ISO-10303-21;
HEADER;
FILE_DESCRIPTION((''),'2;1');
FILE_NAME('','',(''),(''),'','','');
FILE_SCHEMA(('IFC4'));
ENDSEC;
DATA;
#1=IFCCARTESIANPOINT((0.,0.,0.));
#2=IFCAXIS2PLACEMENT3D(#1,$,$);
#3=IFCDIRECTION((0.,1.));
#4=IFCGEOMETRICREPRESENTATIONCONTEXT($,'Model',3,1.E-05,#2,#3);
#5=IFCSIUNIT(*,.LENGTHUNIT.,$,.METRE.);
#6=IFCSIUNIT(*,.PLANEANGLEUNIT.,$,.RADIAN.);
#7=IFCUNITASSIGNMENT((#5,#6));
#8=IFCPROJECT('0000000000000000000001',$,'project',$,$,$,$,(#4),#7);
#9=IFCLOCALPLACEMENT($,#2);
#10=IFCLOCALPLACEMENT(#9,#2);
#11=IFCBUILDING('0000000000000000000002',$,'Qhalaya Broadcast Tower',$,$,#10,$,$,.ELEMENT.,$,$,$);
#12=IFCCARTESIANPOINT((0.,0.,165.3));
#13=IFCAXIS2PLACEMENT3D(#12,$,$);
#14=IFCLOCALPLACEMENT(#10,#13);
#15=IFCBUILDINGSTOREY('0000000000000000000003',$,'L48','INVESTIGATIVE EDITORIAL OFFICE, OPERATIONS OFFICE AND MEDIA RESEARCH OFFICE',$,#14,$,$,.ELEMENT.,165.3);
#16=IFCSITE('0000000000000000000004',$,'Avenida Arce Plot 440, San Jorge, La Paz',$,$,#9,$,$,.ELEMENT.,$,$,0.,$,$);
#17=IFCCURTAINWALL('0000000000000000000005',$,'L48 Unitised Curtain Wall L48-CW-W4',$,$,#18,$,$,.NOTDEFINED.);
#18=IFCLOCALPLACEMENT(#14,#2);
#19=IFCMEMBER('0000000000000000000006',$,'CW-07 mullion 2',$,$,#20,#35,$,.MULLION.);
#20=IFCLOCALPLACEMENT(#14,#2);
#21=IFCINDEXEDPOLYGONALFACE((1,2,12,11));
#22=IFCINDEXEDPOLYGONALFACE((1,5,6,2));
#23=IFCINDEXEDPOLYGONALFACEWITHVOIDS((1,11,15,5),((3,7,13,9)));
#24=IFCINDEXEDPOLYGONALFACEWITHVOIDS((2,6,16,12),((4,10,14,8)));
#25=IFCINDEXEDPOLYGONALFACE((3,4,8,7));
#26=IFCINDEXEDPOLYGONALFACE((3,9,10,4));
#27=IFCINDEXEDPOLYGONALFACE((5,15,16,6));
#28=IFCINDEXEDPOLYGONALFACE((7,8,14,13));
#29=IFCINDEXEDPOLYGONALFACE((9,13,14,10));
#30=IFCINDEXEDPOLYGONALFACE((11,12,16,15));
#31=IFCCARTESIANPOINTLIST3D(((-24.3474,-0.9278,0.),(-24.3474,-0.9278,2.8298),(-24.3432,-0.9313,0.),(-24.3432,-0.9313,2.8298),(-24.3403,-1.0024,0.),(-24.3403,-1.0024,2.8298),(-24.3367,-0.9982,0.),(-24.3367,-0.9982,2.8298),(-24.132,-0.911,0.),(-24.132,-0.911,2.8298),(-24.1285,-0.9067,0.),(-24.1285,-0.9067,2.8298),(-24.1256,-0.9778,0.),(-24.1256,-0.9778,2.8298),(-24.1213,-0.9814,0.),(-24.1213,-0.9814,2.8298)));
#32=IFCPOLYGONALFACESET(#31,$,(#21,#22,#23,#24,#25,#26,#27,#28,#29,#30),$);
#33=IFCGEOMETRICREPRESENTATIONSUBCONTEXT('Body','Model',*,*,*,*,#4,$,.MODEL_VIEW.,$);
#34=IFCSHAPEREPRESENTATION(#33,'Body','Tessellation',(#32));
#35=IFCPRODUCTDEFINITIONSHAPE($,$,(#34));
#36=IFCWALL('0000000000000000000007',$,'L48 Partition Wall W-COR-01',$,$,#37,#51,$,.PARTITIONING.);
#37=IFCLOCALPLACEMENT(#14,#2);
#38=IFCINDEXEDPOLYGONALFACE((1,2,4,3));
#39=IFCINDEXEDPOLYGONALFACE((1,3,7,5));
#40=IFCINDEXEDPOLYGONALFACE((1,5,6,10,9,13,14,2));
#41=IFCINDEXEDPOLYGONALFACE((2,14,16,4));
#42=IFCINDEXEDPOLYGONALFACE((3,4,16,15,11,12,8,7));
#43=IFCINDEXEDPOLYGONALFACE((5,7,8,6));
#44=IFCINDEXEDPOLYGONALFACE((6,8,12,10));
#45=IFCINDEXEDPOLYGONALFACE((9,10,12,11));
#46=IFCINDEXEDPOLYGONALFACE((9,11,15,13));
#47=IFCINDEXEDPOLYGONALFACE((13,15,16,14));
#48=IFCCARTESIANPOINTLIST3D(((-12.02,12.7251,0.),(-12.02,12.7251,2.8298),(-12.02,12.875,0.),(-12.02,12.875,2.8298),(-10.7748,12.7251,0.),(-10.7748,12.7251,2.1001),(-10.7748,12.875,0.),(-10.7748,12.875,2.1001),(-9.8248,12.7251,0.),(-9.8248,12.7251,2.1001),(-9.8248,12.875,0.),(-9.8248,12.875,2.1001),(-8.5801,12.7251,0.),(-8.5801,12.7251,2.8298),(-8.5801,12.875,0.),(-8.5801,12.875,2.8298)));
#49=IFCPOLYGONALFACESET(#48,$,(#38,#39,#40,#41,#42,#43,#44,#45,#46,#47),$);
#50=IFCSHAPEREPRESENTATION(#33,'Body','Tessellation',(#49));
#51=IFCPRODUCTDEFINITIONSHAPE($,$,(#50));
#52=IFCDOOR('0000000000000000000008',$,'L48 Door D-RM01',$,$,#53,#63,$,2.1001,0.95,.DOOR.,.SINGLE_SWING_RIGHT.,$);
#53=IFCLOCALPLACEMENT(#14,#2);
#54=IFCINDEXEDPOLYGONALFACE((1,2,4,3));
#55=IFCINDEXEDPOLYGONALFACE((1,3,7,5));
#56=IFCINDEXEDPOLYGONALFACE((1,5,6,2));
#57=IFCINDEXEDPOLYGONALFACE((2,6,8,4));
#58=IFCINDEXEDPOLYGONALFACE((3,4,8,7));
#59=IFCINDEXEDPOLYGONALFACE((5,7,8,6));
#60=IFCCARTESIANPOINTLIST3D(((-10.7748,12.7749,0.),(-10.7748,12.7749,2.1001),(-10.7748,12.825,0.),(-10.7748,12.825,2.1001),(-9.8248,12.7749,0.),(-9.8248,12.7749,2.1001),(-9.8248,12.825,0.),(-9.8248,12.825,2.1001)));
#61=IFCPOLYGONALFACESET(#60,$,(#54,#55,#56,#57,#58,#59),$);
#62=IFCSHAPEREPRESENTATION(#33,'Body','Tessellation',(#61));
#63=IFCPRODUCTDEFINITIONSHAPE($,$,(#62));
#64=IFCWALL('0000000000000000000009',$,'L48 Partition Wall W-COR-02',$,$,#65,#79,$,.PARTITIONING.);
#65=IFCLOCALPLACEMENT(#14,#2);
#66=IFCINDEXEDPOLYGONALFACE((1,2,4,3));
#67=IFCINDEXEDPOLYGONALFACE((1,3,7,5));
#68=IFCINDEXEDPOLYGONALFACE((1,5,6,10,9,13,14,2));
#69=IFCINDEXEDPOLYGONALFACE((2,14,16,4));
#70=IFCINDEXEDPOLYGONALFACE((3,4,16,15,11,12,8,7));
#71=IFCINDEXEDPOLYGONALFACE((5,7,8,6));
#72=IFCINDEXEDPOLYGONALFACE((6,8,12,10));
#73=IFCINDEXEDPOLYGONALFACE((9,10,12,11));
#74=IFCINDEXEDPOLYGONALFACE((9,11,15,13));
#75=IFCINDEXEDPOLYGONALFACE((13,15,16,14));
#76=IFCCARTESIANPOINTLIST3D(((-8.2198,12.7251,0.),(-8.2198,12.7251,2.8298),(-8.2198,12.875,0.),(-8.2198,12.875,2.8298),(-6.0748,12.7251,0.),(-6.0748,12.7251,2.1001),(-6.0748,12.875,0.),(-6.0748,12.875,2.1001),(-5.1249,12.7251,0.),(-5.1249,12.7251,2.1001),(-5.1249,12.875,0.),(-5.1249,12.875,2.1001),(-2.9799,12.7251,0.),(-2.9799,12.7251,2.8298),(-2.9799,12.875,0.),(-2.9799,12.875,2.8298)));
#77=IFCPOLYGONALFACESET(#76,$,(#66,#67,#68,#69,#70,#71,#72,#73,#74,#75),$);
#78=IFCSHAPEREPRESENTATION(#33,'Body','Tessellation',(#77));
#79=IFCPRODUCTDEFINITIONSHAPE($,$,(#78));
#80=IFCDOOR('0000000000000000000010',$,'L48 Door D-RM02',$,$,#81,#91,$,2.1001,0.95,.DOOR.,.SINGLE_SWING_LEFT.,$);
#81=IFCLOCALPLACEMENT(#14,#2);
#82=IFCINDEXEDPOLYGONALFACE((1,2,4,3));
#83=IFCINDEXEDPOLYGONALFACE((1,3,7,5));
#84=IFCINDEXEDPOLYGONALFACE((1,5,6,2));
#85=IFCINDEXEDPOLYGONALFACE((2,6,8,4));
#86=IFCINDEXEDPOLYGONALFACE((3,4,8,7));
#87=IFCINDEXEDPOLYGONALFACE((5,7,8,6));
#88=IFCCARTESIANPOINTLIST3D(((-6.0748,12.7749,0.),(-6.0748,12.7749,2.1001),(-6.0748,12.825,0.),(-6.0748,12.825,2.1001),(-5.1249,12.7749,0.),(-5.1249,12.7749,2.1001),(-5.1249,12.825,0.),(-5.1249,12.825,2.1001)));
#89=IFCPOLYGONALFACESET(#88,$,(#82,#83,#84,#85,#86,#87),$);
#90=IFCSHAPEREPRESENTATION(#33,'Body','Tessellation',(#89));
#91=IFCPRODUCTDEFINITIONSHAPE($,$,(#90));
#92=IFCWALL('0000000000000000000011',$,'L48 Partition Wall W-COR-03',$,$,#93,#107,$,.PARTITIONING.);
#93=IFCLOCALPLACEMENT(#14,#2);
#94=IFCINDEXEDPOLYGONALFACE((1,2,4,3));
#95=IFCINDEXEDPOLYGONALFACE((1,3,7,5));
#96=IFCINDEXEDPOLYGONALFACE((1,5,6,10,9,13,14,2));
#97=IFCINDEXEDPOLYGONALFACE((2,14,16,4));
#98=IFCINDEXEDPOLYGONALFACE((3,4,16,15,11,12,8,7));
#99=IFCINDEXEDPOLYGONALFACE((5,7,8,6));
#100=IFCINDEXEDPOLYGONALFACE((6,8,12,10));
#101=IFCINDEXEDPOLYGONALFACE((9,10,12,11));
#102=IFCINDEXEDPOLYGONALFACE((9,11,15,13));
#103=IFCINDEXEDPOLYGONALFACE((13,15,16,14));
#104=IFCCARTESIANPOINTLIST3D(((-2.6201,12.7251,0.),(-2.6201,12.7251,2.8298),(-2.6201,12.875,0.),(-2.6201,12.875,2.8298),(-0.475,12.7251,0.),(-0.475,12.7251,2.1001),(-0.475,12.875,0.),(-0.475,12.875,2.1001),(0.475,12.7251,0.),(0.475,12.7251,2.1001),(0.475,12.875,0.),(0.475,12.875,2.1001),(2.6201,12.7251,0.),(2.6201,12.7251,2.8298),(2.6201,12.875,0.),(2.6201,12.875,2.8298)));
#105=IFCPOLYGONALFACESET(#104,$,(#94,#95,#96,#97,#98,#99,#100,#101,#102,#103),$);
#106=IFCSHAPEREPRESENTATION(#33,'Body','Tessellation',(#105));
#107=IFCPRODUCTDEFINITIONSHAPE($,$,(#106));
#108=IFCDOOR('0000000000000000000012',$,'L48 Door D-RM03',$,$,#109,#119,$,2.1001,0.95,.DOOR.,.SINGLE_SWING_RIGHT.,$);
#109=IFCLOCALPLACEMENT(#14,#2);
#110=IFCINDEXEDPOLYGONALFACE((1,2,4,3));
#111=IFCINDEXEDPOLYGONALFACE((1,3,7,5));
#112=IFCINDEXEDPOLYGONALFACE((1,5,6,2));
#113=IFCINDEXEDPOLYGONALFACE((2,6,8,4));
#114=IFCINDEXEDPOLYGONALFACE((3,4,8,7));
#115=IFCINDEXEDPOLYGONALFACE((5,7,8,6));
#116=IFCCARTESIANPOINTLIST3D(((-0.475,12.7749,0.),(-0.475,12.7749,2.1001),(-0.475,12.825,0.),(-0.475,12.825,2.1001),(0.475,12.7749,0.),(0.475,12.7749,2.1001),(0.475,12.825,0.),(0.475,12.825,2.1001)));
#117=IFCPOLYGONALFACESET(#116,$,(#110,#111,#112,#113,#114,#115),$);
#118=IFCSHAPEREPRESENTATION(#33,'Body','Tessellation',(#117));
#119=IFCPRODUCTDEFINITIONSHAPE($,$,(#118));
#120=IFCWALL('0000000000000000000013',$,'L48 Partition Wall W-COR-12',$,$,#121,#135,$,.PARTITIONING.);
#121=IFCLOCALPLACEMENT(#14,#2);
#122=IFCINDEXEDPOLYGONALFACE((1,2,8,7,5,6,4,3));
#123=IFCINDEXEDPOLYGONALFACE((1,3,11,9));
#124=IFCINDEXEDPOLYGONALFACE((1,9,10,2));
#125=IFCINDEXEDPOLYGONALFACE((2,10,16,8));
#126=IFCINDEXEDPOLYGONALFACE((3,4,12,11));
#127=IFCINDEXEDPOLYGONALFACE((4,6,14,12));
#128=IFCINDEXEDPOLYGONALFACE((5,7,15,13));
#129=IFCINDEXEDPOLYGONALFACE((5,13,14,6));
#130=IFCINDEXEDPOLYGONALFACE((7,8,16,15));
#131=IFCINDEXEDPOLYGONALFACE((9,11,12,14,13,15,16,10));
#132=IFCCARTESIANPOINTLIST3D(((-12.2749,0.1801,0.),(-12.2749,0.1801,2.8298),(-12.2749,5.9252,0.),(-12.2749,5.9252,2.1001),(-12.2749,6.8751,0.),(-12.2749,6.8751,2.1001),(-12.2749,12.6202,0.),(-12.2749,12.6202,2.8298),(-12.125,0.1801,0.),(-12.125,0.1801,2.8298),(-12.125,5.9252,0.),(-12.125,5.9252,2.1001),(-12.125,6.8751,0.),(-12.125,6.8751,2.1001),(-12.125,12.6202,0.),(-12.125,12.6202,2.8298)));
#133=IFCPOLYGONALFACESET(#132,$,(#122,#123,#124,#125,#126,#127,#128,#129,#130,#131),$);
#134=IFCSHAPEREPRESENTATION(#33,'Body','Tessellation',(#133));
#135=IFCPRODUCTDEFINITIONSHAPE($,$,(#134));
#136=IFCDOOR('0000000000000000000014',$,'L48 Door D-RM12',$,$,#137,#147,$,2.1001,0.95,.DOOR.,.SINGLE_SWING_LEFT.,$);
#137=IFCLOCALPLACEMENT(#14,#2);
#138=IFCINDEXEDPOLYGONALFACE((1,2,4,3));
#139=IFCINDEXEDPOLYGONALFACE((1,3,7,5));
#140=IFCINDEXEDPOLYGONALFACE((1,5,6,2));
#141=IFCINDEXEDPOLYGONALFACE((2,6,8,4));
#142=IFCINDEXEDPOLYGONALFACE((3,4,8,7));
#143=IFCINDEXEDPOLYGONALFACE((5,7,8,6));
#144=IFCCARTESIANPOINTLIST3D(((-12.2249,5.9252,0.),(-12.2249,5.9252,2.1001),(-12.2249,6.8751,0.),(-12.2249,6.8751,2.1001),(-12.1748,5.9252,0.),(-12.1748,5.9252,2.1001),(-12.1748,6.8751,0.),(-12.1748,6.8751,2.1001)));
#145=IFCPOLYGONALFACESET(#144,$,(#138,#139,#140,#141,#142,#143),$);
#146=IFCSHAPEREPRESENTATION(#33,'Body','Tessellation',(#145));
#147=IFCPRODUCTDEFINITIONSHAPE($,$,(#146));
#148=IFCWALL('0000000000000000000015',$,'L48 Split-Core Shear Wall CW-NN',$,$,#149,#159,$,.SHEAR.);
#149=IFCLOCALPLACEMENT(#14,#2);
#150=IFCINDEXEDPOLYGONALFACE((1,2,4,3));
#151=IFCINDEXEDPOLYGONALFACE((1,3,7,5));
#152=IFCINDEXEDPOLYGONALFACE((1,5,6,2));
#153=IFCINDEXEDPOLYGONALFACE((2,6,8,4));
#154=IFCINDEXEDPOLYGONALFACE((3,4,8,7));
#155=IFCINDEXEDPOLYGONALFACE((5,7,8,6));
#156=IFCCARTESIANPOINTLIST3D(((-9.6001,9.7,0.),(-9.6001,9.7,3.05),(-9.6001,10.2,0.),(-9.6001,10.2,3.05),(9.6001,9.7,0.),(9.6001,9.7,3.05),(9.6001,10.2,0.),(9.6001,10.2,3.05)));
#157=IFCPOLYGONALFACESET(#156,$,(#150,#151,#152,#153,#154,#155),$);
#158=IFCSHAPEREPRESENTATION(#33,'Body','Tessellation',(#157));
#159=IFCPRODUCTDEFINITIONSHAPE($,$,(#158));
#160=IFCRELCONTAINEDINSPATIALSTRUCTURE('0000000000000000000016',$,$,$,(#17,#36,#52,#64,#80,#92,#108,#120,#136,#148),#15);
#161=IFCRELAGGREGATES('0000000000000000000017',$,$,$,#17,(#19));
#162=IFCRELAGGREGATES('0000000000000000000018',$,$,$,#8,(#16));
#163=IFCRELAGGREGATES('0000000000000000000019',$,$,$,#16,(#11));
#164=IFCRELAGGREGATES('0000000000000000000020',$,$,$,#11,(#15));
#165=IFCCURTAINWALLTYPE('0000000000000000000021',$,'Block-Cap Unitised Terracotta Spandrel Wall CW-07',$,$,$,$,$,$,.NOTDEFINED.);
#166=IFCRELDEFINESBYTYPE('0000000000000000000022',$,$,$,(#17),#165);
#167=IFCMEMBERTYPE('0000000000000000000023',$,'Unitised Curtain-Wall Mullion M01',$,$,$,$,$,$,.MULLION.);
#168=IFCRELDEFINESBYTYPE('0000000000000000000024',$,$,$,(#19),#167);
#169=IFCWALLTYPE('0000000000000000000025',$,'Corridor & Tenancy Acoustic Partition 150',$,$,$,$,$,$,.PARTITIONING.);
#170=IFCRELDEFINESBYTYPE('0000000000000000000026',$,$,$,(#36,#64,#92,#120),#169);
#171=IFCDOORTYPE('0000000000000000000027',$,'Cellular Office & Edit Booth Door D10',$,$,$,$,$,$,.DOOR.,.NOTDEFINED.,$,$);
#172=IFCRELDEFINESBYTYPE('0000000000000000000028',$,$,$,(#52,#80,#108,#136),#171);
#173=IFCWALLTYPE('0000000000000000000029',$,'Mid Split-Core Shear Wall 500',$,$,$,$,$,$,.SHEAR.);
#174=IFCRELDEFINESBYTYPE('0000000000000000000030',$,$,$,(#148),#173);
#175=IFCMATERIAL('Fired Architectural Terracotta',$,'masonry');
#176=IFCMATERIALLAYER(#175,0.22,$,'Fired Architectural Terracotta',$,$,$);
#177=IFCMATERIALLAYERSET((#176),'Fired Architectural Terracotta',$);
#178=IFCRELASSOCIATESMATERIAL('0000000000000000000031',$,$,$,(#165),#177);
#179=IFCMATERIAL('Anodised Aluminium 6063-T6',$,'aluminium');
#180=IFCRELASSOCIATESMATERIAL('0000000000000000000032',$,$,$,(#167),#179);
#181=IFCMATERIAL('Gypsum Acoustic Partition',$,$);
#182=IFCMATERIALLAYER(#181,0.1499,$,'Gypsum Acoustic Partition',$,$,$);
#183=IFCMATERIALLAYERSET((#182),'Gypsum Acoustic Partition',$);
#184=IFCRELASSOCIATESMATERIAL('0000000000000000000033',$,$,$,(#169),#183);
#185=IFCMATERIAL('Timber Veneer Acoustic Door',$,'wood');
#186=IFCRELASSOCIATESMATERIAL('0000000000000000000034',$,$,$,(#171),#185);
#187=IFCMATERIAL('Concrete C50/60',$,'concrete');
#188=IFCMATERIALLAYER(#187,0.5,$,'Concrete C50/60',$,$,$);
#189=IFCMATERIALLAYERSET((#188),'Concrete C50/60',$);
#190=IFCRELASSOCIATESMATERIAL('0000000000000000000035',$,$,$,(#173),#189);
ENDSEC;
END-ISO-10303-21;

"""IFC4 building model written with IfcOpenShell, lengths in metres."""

from ifc_helpers import new_model, si_unit, direction, frame, frame_2d, origin, origin_2d, place, context, subcontext, project, spatial, rectangle, hollow_rectangle, extrude, material, layer, layer_set, material_profile, profile_set, type_object, element, fill, aggregate, save


model = new_model("IFC4")

# Units and contexts
model_context = context("Model", 3, precision=1e-05, world=origin(), true_north=direction((0.0, 1.0)))
body_context = subcontext(model_context, "Body", "Model", "MODEL_VIEW")
ifc_project = project(units=[si_unit("LENGTHUNIT", "METRE"), si_unit("PLANEANGLEUNIT", "RADIAN")], contexts=[model_context])

# Site, building, storey
site_placement = place(None, origin())
site = spatial("IfcSite", under=ifc_project, at=site_placement, Name="Avenida Arce Plot 440, San Jorge, La Paz", CompositionType="ELEMENT", RefElevation=0.0)
building_placement = place(site_placement, origin())
building = spatial("IfcBuilding", under=site, at=building_placement, Name="Qhalaya Broadcast Tower", CompositionType="ELEMENT")
storey_placement = place(building_placement, frame((0.0, 0.0, 165.3)))
storey = spatial("IfcBuildingStorey", under=building, at=storey_placement, Name="L48", Description="INVESTIGATIVE EDITORIAL OFFICE, OPERATIONS OFFICE AND MEDIA RESEARCH OFFICE", CompositionType="ELEMENT", Elevation=165.3)

# Shared definitions
ifc_material_1 = material(Name="Concrete C50/60", Category="concrete")

# Curtain wall, member
ifc_material_2 = material(Name="Fired Architectural Terracotta", Category="masonry")
ifc_layer_1 = layer(ifc_material_2, 0.22, Name="Fired Architectural Terracotta")
ifc_layer_set_1 = layer_set([ifc_layer_1], Name="Fired Architectural Terracotta")
curtain_wall_type = type_object("IfcCurtainWallType", Name="Block-Cap Unitised Terracotta Spandrel Wall CW-07", PredefinedType="NOTDEFINED", material=ifc_layer_set_1)
curtain_wall_placement = place(storey_placement, origin())
curtain_wall = element("IfcCurtainWall", 1, at=curtain_wall_placement, inside=storey, type_object=curtain_wall_type, Name="L48 Unitised Curtain Wall L48-CW-W4", PredefinedType="NOTDEFINED")
ifc_material_3 = material(Name="Anodised Aluminium 6063-T6", Category="aluminium")
ifc_material_profile_1 = material_profile(ifc_material_3, hollow_rectangle(XDim=0.075, YDim=0.22, WallThickness=0.0039, at=origin_2d()), Name="ALU-MUL 75x220x4")
ifc_profile_set_1 = profile_set([ifc_material_profile_1], Name="Anodised Aluminium 6063-T6")
member_type = type_object("IfcMemberType", Name="Unitised Curtain-Wall Mullion M01", PredefinedType="MULLION", material=ifc_profile_set_1)
member_placement = place(storey_placement, frame((-24.2344, -0.9546, 0.0), z_axis=(0.0, 0.0, 1.0), x_axis=(0.095847, -0.995396, 0.0)))
member = element("IfcMember", 2, at=member_placement, type_object=member_type, Name="CW-07 mullion 2", PredefinedType="MULLION", context=body_context, shape_type="SweptSolid", body=[
    extrude(hollow_rectangle(XDim=0.075, YDim=0.22, WallThickness=0.0039, at=origin_2d()), origin(), (0.0, 0.0, 1.0), 2.8298),
])
aggregate(curtain_wall, [member])

# Walls, openings, doors
ifc_material_4 = material(Name="Gypsum Acoustic Partition")
ifc_layer_2 = layer(ifc_material_4, 0.1499, Name="Gypsum Acoustic Partition")
ifc_layer_set_2 = layer_set([ifc_layer_2], Name="Gypsum Acoustic Partition")
wall_type_1 = type_object("IfcWallType", Name="Corridor & Tenancy Acoustic Partition 150", PredefinedType="PARTITIONING", material=ifc_layer_set_2)
wall_1_placement = place(storey_placement, frame((-12.02, 12.8, 0.0), z_axis=(0.0, 0.0, 1.0), x_axis=(1.0, 0.0, 0.0)))
wall_1 = element("IfcWall", 3, at=wall_1_placement, inside=storey, type_object=wall_type_1, Name="L48 Partition Wall W-COR-01", PredefinedType="PARTITIONING", context=body_context, shape_type="SweptSolid", body=[
    extrude(rectangle(XDim=3.4399, YDim=0.1499, at=frame_2d((1.72, 0.0))), origin(), (0.0, 0.0, 1.0), 2.8298),
])
opening_1_placement = place(wall_1_placement, frame((1.2451, 0.0, 0.0)))
opening_1 = element("IfcOpeningElement", 4, at=opening_1_placement, cuts=wall_1, PredefinedType="OPENING", context=body_context, shape_type="SweptSolid", body=[
    extrude(rectangle(XDim=0.95, YDim=2.1001, at=frame_2d((0.4751, 1.05))), frame((0.0, 0.0869, 0.0), z_axis=(0.0, -1.0, 0.0), x_axis=(1.0, 0.0, 0.0)), (0.0, 0.0, 1.0), 0.1738),
])
ifc_material_5 = material(Name="Timber Veneer Acoustic Door", Category="wood")
door_type_1 = type_object("IfcDoorType", Name="Cellular Office & Edit Booth Door D10", OperationType="NOTDEFINED", PredefinedType="DOOR", material=ifc_material_5)
door_1_placement = place(opening_1_placement, origin())
door_1 = element("IfcDoor", 5, at=door_1_placement, inside=storey, type_object=door_type_1, Name="L48 Door D-RM01", OperationType="SINGLE_SWING_RIGHT", OverallHeight=2.1001, OverallWidth=0.95, PredefinedType="DOOR", context=body_context, shape_type="SweptSolid", body=[
    extrude(rectangle(XDim=0.95, YDim=2.1001, at=frame_2d((0.4751, 1.05))), frame((0.0, 0.0249, 0.0), z_axis=(0.0, -1.0, 0.0), x_axis=(1.0, 0.0, 0.0)), (0.0, 0.0, 1.0), 0.05),
])
fill(opening_1, door_1)
wall_2_placement = place(storey_placement, frame((-8.22, 12.8, 0.0), z_axis=(0.0, 0.0, 1.0), x_axis=(1.0, 0.0, 0.0)))
wall_2 = element("IfcWall", 6, at=wall_2_placement, inside=storey, type_object=wall_type_1, Name="L48 Partition Wall W-COR-02", PredefinedType="PARTITIONING", context=body_context, shape_type="SweptSolid", body=[
    extrude(rectangle(XDim=5.24, YDim=0.1499, at=frame_2d((2.6201, 0.0))), origin(), (0.0, 0.0, 1.0), 2.8298),
])
opening_2_placement = place(wall_2_placement, frame((2.145, 0.0, 0.0)))
opening_2 = element("IfcOpeningElement", 7, at=opening_2_placement, cuts=wall_2, PredefinedType="OPENING", context=body_context, shape_type="SweptSolid", body=[
    extrude(rectangle(XDim=0.95, YDim=2.1001, at=frame_2d((0.4751, 1.05))), frame((0.0, 0.0869, 0.0), z_axis=(0.0, -1.0, 0.0), x_axis=(1.0, 0.0, 0.0)), (0.0, 0.0, 1.0), 0.1738),
])
door_2_placement = place(opening_2_placement, origin())
door_2 = element("IfcDoor", 8, at=door_2_placement, inside=storey, type_object=door_type_1, Name="L48 Door D-RM02", OperationType="SINGLE_SWING_LEFT", OverallHeight=2.1001, OverallWidth=0.95, PredefinedType="DOOR", context=body_context, shape_type="SweptSolid", body=[
    extrude(rectangle(XDim=0.95, YDim=2.1001, at=frame_2d((0.4751, 1.05))), frame((0.0, 0.0249, 0.0), z_axis=(0.0, -1.0, 0.0), x_axis=(1.0, 0.0, 0.0)), (0.0, 0.0, 1.0), 0.05),
])
fill(opening_2, door_2)
wall_3_placement = place(storey_placement, frame((-2.6201, 12.8, 0.0), z_axis=(0.0, 0.0, 1.0), x_axis=(1.0, 0.0, 0.0)))
wall_3 = element("IfcWall", 9, at=wall_3_placement, inside=storey, type_object=wall_type_1, Name="L48 Partition Wall W-COR-03", PredefinedType="PARTITIONING", context=body_context, shape_type="SweptSolid", body=[
    extrude(rectangle(XDim=5.2402, YDim=0.1499, at=frame_2d((2.6201, 0.0))), origin(), (0.0, 0.0, 1.0), 2.8298),
])
opening_3_placement = place(wall_3_placement, frame((2.145, 0.0, 0.0)))
opening_3 = element("IfcOpeningElement", 10, at=opening_3_placement, cuts=wall_3, PredefinedType="OPENING", context=body_context, shape_type="SweptSolid", body=[
    extrude(rectangle(XDim=0.95, YDim=2.1001, at=frame_2d((0.4751, 1.05))), frame((0.0, 0.0869, 0.0), z_axis=(0.0, -1.0, 0.0), x_axis=(1.0, 0.0, 0.0)), (0.0, 0.0, 1.0), 0.1738),
])
door_3_placement = place(opening_3_placement, origin())
door_3 = element("IfcDoor", 11, at=door_3_placement, inside=storey, type_object=door_type_1, Name="L48 Door D-RM03", OperationType="SINGLE_SWING_RIGHT", OverallHeight=2.1001, OverallWidth=0.95, PredefinedType="DOOR", context=body_context, shape_type="SweptSolid", body=[
    extrude(rectangle(XDim=0.95, YDim=2.1001, at=frame_2d((0.4751, 1.05))), frame((0.0, 0.0249, 0.0), z_axis=(0.0, -1.0, 0.0), x_axis=(1.0, 0.0, 0.0)), (0.0, 0.0, 1.0), 0.05),
])
fill(opening_3, door_3)
wall_4_placement = place(storey_placement, frame((-12.2, 0.1799, 0.0), z_axis=(0.0, 0.0, 1.0), x_axis=(0.0, 1.0, 0.0)))
wall_4 = element("IfcWall", 12, at=wall_4_placement, inside=storey, type_object=wall_type_1, Name="L48 Partition Wall W-COR-12", PredefinedType="PARTITIONING", context=body_context, shape_type="SweptSolid", body=[
    extrude(rectangle(XDim=12.4402, YDim=0.1499, at=frame_2d((6.2202, 0.0))), origin(), (0.0, 0.0, 1.0), 2.8298),
])
opening_4_placement = place(wall_4_placement, frame((5.7451, 0.0, 0.0)))
opening_4 = element("IfcOpeningElement", 13, at=opening_4_placement, cuts=wall_4, PredefinedType="OPENING", context=body_context, shape_type="SweptSolid", body=[
    extrude(rectangle(XDim=0.95, YDim=2.1001, at=frame_2d((0.4751, 1.05))), frame((0.0, 0.0869, 0.0), z_axis=(0.0, -1.0, 0.0), x_axis=(1.0, 0.0, 0.0)), (0.0, 0.0, 1.0), 0.1738),
])
door_4_placement = place(opening_4_placement, origin())
door_4 = element("IfcDoor", 14, at=door_4_placement, inside=storey, type_object=door_type_1, Name="L48 Door D-RM12", OperationType="SINGLE_SWING_LEFT", OverallHeight=2.1001, OverallWidth=0.95, PredefinedType="DOOR", context=body_context, shape_type="SweptSolid", body=[
    extrude(rectangle(XDim=0.95, YDim=2.1001, at=frame_2d((0.4751, 1.05))), frame((0.0, 0.0249, 0.0), z_axis=(0.0, -1.0, 0.0), x_axis=(1.0, 0.0, 0.0)), (0.0, 0.0, 1.0), 0.05),
])
fill(opening_4, door_4)

# Wall
ifc_layer_3 = layer(ifc_material_1, 0.5, Name="Concrete C50/60")
ifc_layer_set_3 = layer_set([ifc_layer_3], Name="Concrete C50/60")
wall_type_2 = type_object("IfcWallType", Name="Mid Split-Core Shear Wall 500", PredefinedType="SHEAR", material=ifc_layer_set_3)
wall_5_placement = place(storey_placement, frame((-9.6001, 9.95, 0.0), z_axis=(0.0, 0.0, 1.0), x_axis=(1.0, 0.0, 0.0)))
element("IfcWall", 15, at=wall_5_placement, inside=storey, type_object=wall_type_2, Name="L48 Split-Core Shear Wall CW-NN", PredefinedType="SHEAR", context=body_context, shape_type="SweptSolid", body=[
    extrude(rectangle(XDim=19.2002, YDim=0.5, at=frame_2d((9.6001, 0.0))), origin(), (0.0, 0.0, 1.0), 3.05),
])

save(model, "model.ifc")
